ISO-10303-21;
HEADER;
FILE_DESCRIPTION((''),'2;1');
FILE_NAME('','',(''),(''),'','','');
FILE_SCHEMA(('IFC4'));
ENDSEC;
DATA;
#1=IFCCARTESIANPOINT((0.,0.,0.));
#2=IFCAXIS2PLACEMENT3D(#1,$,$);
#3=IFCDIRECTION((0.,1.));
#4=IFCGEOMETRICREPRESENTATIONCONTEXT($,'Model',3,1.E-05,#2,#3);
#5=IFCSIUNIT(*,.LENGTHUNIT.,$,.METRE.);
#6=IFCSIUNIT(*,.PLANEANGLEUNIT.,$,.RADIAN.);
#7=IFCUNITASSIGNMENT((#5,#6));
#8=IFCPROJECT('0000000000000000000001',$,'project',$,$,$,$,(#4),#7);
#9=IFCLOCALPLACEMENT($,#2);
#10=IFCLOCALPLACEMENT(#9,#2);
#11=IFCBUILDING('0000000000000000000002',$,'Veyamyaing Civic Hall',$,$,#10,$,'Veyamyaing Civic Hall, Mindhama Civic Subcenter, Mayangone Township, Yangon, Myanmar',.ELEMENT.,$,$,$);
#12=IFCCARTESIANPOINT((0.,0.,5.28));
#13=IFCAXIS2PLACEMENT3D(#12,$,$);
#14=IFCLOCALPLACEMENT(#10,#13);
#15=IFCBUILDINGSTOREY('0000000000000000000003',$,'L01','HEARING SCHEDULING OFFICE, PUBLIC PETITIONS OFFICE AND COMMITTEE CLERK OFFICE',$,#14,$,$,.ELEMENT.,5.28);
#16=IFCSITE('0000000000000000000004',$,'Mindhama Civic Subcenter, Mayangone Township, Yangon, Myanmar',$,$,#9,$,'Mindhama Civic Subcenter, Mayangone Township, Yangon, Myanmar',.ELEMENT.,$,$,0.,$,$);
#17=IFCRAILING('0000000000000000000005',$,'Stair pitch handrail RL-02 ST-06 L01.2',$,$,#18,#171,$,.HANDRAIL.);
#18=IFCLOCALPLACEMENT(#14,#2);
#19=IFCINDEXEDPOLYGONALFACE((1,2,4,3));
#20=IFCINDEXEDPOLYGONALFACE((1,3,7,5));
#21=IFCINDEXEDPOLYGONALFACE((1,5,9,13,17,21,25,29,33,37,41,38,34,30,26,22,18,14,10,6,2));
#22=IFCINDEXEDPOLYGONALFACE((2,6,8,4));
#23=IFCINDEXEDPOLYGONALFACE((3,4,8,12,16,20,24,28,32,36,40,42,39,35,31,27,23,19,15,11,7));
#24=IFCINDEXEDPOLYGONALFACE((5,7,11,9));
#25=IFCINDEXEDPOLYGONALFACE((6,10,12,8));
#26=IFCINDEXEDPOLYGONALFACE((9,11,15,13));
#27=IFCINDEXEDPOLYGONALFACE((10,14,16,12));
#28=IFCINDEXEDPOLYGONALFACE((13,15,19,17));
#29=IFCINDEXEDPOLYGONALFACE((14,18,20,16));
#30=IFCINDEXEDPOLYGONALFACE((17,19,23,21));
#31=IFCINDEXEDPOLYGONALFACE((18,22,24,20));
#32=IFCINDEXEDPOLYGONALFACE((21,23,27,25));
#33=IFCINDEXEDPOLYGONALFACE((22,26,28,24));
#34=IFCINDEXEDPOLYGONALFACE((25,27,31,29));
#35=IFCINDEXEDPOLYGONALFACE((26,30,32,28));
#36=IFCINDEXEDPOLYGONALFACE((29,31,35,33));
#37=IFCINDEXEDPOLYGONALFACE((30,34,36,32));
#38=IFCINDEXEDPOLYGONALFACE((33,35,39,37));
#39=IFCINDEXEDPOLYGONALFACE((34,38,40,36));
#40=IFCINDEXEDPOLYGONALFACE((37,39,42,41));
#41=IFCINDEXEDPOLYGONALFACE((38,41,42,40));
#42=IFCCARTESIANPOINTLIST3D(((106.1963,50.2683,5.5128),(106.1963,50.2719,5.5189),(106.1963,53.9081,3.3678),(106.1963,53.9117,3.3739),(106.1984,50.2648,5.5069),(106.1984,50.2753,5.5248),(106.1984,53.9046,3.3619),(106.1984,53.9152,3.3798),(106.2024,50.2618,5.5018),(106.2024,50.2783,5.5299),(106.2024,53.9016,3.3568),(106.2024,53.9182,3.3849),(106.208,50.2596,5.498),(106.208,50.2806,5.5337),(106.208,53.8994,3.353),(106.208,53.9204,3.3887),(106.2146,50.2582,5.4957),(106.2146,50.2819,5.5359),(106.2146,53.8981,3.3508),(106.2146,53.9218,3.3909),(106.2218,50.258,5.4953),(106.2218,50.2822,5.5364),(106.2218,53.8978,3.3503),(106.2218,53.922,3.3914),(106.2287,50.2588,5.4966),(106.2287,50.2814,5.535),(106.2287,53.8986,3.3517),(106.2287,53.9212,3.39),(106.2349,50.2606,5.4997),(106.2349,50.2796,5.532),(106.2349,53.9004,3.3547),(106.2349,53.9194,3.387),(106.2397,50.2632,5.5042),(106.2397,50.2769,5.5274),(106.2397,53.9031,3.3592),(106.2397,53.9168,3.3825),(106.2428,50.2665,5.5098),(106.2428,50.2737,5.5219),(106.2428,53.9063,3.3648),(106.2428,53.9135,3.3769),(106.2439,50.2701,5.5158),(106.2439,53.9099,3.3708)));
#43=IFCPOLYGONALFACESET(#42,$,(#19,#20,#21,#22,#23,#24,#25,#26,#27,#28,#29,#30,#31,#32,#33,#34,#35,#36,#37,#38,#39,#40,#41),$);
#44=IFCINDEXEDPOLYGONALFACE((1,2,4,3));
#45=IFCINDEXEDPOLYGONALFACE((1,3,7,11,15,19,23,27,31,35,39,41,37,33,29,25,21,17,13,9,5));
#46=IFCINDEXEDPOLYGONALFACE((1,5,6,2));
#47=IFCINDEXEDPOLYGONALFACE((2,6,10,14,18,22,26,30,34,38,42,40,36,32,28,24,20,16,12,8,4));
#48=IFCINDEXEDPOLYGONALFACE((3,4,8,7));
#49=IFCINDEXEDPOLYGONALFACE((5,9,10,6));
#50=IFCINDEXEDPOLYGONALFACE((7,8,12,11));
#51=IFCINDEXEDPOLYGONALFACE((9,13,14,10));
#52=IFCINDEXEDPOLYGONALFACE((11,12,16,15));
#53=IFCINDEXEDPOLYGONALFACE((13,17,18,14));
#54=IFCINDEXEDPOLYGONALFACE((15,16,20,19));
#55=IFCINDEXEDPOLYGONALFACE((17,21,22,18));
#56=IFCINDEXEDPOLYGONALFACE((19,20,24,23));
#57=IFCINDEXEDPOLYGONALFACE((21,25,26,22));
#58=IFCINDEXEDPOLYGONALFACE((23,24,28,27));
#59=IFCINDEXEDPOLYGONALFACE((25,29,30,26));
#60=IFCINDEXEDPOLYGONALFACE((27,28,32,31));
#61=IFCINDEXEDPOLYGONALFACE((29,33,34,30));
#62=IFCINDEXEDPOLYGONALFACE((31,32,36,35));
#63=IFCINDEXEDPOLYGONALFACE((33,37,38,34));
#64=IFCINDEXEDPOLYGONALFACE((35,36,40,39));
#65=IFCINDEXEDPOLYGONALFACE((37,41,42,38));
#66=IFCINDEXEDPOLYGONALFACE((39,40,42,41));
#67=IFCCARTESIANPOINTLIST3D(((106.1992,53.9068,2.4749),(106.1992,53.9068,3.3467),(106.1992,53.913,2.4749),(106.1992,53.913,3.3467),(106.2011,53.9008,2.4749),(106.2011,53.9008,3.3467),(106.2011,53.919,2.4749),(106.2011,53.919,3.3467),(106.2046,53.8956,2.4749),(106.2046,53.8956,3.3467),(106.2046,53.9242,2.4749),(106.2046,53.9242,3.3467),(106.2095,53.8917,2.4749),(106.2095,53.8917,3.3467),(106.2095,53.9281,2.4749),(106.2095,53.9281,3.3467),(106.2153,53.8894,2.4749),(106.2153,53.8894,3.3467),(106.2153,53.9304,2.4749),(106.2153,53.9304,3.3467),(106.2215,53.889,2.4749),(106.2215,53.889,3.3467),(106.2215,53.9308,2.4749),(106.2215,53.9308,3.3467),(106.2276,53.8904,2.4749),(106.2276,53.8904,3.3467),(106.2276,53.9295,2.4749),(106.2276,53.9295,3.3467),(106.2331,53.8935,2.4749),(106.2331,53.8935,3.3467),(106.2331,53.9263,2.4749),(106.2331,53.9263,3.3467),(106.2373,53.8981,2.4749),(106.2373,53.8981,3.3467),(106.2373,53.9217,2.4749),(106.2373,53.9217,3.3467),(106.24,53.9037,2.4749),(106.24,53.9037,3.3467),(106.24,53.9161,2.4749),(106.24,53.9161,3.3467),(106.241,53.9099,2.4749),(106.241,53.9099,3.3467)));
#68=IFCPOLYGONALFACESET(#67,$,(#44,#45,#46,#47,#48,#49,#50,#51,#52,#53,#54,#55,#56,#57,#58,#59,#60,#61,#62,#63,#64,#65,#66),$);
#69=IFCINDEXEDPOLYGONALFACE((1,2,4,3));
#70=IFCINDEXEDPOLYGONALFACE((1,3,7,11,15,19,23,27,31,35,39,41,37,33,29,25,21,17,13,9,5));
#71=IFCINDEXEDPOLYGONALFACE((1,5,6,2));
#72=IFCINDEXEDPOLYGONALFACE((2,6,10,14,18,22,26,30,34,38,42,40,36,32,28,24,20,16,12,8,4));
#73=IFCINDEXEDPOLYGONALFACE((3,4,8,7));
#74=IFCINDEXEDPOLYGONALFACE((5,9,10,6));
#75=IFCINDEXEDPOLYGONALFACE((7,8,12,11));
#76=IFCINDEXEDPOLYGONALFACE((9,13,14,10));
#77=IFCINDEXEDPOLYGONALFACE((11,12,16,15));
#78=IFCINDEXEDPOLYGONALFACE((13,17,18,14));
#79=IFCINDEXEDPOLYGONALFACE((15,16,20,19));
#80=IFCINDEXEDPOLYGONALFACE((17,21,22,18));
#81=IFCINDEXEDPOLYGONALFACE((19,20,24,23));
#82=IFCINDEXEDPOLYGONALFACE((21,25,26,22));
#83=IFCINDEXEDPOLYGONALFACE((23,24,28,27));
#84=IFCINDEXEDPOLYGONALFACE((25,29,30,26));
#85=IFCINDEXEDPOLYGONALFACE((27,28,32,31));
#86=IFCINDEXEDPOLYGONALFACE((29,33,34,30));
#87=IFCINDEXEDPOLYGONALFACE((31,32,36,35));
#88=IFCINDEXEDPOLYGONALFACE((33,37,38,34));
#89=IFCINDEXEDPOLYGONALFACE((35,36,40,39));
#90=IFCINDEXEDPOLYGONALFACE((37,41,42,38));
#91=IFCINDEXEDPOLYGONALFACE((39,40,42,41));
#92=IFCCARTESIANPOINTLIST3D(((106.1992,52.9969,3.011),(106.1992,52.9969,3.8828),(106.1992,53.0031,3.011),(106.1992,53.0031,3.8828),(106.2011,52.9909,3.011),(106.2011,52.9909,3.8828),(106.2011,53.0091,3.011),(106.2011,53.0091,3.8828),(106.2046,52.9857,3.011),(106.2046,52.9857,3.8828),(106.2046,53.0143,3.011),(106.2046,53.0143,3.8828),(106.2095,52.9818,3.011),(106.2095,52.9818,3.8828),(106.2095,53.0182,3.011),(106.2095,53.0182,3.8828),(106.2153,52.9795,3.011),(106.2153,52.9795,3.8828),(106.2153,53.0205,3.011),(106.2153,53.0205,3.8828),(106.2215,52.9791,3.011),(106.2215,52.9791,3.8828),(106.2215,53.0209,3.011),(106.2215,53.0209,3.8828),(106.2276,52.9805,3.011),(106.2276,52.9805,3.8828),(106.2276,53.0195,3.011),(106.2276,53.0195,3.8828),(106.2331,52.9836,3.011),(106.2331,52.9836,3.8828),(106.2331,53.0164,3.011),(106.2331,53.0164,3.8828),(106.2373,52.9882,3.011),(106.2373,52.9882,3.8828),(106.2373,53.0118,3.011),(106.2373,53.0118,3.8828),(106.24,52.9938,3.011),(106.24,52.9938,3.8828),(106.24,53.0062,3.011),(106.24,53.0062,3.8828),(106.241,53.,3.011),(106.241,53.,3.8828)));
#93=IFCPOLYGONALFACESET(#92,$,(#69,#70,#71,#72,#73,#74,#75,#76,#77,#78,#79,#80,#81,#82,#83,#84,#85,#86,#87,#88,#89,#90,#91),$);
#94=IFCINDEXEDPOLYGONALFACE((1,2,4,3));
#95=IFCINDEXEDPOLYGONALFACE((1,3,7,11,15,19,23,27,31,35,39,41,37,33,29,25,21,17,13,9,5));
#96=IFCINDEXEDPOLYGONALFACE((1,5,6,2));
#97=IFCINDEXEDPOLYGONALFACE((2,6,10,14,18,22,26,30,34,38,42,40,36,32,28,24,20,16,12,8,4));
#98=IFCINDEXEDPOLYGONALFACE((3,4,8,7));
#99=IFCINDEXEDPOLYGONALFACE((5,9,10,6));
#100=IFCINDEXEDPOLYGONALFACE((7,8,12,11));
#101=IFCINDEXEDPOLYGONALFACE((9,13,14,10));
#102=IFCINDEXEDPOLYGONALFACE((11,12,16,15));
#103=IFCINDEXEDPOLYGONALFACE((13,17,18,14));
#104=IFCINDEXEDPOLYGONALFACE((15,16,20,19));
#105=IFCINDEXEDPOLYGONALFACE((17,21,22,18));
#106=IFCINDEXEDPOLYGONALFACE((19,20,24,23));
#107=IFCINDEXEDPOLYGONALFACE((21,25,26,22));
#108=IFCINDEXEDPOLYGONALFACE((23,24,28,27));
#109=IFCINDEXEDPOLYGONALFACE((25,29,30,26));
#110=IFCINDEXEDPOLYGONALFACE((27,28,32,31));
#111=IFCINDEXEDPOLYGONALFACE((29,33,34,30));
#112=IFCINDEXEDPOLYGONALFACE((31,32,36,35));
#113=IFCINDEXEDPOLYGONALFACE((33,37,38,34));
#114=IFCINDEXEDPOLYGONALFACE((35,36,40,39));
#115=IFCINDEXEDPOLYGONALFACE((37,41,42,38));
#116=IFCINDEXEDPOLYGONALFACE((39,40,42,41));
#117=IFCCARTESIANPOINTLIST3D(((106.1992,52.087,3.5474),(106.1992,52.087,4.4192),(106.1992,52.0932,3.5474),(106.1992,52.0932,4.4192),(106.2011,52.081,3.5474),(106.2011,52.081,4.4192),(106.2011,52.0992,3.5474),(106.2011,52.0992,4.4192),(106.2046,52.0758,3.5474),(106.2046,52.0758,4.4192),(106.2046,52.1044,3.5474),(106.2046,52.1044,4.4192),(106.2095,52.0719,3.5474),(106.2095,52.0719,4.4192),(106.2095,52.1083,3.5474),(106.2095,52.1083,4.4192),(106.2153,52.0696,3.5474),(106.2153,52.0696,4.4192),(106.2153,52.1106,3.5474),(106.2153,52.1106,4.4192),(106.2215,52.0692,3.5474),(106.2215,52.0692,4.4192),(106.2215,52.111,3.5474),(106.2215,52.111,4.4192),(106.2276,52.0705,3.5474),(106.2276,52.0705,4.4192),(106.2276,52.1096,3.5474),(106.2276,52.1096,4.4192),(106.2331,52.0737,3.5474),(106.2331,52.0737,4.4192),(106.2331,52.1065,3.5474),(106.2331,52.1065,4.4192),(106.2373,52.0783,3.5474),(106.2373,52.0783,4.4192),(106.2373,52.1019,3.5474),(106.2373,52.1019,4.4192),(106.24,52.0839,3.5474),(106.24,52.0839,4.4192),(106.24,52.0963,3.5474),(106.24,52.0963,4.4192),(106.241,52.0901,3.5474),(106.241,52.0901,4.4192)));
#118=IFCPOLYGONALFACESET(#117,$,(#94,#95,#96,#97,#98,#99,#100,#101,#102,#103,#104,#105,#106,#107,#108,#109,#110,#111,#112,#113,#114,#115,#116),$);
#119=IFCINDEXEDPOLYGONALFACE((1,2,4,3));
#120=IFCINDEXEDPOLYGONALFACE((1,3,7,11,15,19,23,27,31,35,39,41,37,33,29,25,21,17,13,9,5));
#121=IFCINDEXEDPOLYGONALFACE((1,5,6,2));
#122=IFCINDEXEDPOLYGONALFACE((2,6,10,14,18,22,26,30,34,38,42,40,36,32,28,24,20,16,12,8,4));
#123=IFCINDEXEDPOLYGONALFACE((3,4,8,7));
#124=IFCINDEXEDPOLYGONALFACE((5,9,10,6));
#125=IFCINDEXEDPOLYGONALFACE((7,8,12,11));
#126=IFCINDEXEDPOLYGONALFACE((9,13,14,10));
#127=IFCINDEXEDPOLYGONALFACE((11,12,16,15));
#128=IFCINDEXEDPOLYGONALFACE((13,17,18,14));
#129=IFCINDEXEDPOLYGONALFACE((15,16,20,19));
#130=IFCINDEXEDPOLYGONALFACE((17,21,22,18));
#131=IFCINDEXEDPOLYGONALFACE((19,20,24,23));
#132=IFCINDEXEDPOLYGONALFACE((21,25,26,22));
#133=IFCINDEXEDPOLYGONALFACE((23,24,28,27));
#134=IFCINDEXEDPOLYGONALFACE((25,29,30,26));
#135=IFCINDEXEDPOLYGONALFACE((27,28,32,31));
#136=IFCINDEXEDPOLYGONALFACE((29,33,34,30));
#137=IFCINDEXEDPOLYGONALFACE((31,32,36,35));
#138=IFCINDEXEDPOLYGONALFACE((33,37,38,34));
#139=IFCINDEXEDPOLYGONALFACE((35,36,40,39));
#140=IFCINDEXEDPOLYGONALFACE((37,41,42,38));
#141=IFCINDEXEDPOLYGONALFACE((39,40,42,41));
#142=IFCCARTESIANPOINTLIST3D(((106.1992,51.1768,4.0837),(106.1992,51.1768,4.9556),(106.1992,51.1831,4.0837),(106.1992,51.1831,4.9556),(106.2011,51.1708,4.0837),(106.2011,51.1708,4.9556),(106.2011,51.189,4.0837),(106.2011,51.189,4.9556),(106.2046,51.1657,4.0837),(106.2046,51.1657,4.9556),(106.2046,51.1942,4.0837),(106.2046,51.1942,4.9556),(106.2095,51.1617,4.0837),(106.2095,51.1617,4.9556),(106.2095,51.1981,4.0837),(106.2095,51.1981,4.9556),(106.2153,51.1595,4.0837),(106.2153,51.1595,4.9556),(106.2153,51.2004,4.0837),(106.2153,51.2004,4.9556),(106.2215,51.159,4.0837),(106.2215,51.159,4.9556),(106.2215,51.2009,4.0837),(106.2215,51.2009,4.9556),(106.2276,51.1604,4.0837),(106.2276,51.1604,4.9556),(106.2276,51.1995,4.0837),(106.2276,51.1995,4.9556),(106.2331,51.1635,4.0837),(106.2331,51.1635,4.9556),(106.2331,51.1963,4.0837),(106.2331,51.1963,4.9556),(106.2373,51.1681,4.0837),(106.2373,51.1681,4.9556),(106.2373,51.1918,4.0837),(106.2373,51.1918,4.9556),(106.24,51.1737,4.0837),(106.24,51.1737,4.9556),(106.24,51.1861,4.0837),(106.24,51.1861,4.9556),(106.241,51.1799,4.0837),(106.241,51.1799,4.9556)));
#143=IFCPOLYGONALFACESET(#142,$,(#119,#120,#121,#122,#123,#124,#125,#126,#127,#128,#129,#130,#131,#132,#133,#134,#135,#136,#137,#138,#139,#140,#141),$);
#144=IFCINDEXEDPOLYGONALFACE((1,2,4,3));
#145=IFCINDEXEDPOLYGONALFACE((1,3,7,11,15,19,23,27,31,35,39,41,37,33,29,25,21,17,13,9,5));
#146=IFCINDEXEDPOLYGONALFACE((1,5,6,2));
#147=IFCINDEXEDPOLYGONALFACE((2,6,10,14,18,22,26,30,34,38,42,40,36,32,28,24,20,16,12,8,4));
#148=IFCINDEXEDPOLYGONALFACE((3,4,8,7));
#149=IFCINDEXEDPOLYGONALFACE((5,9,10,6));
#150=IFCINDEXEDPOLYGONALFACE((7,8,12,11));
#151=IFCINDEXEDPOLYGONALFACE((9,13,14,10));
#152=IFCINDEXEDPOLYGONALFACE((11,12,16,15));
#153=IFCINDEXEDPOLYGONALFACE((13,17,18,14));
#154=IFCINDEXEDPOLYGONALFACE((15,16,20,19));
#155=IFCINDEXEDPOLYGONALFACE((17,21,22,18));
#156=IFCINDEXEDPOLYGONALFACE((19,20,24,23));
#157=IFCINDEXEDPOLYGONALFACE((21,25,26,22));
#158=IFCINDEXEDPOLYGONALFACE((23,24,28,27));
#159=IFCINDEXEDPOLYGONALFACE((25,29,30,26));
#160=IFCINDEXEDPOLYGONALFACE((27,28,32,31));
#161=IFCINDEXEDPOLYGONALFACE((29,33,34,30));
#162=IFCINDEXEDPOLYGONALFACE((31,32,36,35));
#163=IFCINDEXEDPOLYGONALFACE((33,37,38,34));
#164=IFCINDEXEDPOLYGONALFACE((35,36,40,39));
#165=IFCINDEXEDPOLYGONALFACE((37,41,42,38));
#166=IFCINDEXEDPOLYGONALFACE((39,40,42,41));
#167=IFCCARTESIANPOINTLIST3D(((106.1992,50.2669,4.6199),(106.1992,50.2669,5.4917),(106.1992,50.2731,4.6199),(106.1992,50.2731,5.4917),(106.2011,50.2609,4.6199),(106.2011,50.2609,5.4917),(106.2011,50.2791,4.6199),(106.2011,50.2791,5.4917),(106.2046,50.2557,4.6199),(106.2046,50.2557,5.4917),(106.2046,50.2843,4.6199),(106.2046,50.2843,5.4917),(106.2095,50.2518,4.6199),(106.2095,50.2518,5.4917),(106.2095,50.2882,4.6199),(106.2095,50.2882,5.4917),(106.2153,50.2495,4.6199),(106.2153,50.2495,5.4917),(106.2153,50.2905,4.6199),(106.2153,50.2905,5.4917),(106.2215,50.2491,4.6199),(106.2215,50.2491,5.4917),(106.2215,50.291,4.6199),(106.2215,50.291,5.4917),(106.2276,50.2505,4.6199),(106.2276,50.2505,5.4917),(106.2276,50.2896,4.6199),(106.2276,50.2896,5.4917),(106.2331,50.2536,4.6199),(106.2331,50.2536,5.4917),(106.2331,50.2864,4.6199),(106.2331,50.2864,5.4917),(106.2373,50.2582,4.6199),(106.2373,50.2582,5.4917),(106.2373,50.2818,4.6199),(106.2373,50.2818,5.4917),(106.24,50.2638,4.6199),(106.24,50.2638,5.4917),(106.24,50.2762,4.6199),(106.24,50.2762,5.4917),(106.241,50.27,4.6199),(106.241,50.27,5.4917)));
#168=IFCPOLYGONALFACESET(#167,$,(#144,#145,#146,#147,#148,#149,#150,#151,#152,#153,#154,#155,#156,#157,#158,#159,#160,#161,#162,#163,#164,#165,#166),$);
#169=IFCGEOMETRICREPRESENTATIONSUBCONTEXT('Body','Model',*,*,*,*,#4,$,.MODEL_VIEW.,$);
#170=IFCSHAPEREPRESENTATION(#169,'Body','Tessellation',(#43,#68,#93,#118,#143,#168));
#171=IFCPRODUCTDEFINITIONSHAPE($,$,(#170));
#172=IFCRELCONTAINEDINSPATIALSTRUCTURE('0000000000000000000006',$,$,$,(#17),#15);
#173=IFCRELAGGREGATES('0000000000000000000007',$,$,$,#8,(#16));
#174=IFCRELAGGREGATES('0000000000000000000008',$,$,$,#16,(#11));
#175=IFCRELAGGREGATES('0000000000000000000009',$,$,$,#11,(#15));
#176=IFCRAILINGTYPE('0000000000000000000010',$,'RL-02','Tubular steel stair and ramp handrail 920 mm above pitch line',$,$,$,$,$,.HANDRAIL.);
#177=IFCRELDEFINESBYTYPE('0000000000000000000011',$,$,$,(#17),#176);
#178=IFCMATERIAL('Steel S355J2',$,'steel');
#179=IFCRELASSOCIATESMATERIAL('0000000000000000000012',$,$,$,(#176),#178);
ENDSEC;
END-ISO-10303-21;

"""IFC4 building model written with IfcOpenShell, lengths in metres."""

from ifc_helpers import new_model, si_unit, direction, frame, origin, origin_2d, place, context, subcontext, project, spatial, circle, extrude, material, type_object, element, save


model = new_model("IFC4")

# Units and contexts
model_context = context("Model", 3, precision=1e-05, world=origin(), true_north=direction((0.0, 1.0)))
body_context = subcontext(model_context, "Body", "Model", "MODEL_VIEW")
ifc_project = project(units=[si_unit("LENGTHUNIT", "METRE"), si_unit("PLANEANGLEUNIT", "RADIAN")], contexts=[model_context])

# Site, building, storey
site_placement = place(None, origin())
site = spatial("IfcSite", under=ifc_project, at=site_placement, Name="Mindhama Civic Subcenter, Mayangone Township, Yangon, Myanmar", LongName="Mindhama Civic Subcenter, Mayangone Township, Yangon, Myanmar", CompositionType="ELEMENT", RefElevation=0.0)
building_placement = place(site_placement, origin())
building = spatial("IfcBuilding", under=site, at=building_placement, Name="Veyamyaing Civic Hall", LongName="Veyamyaing Civic Hall, Mindhama Civic Subcenter, Mayangone Township, Yangon, Myanmar", CompositionType="ELEMENT")
storey_placement = place(building_placement, frame((0.0, 0.0, 5.28)))
storey = spatial("IfcBuildingStorey", under=building, at=storey_placement, Name="L01", Description="HEARING SCHEDULING OFFICE, PUBLIC PETITIONS OFFICE AND COMMITTEE CLERK OFFICE", CompositionType="ELEMENT", Elevation=5.28)

# Railing
ifc_material_1 = material(Name="Steel S355J2", Category="steel")
railing_type_1 = type_object("IfcRailingType", Name="RL-02", Description="Tubular steel stair and ramp handrail 920 mm above pitch line", PredefinedType="HANDRAIL", material=ifc_material_1)
railing_1_placement = place(storey_placement, frame((106.22, 53.9099, 2.4749)))
element("IfcRailing", 1, at=railing_1_placement, inside=storey, type_object=railing_type_1, Name="Stair pitch handrail RL-02 ST-06 L01.2", PredefinedType="HANDRAIL", context=body_context, shape_type="SweptSolid", body=[
    extrude(circle(Radius=0.0239, at=origin_2d()), frame((0.0, 0.0, 0.896), z_axis=(0.0, -0.86153, 0.507707), x_axis=(1.0, 0.0, 0.0)), (0.0, 0.0, 1.0), 4.2249),
    extrude(circle(Radius=0.021, at=origin_2d()), origin(), (0.0, 0.0, 1.0), 0.8718),
    extrude(circle(Radius=0.021, at=origin_2d()), frame((0.0, -0.9099, 0.5361)), (0.0, 0.0, 1.0), 0.8718),
    extrude(circle(Radius=0.021, at=origin_2d()), frame((0.0, -1.8198, 1.0725)), (0.0, 0.0, 1.0), 0.8718),
    extrude(circle(Radius=0.021, at=origin_2d()), frame((0.0, -2.73, 1.6089)), (0.0, 0.0, 1.0), 0.8718),
    extrude(circle(Radius=0.021, at=origin_2d()), frame((0.0, -3.6399, 2.145)), (0.0, 0.0, 1.0), 0.8718),
])

save(model, "model.ifc")
